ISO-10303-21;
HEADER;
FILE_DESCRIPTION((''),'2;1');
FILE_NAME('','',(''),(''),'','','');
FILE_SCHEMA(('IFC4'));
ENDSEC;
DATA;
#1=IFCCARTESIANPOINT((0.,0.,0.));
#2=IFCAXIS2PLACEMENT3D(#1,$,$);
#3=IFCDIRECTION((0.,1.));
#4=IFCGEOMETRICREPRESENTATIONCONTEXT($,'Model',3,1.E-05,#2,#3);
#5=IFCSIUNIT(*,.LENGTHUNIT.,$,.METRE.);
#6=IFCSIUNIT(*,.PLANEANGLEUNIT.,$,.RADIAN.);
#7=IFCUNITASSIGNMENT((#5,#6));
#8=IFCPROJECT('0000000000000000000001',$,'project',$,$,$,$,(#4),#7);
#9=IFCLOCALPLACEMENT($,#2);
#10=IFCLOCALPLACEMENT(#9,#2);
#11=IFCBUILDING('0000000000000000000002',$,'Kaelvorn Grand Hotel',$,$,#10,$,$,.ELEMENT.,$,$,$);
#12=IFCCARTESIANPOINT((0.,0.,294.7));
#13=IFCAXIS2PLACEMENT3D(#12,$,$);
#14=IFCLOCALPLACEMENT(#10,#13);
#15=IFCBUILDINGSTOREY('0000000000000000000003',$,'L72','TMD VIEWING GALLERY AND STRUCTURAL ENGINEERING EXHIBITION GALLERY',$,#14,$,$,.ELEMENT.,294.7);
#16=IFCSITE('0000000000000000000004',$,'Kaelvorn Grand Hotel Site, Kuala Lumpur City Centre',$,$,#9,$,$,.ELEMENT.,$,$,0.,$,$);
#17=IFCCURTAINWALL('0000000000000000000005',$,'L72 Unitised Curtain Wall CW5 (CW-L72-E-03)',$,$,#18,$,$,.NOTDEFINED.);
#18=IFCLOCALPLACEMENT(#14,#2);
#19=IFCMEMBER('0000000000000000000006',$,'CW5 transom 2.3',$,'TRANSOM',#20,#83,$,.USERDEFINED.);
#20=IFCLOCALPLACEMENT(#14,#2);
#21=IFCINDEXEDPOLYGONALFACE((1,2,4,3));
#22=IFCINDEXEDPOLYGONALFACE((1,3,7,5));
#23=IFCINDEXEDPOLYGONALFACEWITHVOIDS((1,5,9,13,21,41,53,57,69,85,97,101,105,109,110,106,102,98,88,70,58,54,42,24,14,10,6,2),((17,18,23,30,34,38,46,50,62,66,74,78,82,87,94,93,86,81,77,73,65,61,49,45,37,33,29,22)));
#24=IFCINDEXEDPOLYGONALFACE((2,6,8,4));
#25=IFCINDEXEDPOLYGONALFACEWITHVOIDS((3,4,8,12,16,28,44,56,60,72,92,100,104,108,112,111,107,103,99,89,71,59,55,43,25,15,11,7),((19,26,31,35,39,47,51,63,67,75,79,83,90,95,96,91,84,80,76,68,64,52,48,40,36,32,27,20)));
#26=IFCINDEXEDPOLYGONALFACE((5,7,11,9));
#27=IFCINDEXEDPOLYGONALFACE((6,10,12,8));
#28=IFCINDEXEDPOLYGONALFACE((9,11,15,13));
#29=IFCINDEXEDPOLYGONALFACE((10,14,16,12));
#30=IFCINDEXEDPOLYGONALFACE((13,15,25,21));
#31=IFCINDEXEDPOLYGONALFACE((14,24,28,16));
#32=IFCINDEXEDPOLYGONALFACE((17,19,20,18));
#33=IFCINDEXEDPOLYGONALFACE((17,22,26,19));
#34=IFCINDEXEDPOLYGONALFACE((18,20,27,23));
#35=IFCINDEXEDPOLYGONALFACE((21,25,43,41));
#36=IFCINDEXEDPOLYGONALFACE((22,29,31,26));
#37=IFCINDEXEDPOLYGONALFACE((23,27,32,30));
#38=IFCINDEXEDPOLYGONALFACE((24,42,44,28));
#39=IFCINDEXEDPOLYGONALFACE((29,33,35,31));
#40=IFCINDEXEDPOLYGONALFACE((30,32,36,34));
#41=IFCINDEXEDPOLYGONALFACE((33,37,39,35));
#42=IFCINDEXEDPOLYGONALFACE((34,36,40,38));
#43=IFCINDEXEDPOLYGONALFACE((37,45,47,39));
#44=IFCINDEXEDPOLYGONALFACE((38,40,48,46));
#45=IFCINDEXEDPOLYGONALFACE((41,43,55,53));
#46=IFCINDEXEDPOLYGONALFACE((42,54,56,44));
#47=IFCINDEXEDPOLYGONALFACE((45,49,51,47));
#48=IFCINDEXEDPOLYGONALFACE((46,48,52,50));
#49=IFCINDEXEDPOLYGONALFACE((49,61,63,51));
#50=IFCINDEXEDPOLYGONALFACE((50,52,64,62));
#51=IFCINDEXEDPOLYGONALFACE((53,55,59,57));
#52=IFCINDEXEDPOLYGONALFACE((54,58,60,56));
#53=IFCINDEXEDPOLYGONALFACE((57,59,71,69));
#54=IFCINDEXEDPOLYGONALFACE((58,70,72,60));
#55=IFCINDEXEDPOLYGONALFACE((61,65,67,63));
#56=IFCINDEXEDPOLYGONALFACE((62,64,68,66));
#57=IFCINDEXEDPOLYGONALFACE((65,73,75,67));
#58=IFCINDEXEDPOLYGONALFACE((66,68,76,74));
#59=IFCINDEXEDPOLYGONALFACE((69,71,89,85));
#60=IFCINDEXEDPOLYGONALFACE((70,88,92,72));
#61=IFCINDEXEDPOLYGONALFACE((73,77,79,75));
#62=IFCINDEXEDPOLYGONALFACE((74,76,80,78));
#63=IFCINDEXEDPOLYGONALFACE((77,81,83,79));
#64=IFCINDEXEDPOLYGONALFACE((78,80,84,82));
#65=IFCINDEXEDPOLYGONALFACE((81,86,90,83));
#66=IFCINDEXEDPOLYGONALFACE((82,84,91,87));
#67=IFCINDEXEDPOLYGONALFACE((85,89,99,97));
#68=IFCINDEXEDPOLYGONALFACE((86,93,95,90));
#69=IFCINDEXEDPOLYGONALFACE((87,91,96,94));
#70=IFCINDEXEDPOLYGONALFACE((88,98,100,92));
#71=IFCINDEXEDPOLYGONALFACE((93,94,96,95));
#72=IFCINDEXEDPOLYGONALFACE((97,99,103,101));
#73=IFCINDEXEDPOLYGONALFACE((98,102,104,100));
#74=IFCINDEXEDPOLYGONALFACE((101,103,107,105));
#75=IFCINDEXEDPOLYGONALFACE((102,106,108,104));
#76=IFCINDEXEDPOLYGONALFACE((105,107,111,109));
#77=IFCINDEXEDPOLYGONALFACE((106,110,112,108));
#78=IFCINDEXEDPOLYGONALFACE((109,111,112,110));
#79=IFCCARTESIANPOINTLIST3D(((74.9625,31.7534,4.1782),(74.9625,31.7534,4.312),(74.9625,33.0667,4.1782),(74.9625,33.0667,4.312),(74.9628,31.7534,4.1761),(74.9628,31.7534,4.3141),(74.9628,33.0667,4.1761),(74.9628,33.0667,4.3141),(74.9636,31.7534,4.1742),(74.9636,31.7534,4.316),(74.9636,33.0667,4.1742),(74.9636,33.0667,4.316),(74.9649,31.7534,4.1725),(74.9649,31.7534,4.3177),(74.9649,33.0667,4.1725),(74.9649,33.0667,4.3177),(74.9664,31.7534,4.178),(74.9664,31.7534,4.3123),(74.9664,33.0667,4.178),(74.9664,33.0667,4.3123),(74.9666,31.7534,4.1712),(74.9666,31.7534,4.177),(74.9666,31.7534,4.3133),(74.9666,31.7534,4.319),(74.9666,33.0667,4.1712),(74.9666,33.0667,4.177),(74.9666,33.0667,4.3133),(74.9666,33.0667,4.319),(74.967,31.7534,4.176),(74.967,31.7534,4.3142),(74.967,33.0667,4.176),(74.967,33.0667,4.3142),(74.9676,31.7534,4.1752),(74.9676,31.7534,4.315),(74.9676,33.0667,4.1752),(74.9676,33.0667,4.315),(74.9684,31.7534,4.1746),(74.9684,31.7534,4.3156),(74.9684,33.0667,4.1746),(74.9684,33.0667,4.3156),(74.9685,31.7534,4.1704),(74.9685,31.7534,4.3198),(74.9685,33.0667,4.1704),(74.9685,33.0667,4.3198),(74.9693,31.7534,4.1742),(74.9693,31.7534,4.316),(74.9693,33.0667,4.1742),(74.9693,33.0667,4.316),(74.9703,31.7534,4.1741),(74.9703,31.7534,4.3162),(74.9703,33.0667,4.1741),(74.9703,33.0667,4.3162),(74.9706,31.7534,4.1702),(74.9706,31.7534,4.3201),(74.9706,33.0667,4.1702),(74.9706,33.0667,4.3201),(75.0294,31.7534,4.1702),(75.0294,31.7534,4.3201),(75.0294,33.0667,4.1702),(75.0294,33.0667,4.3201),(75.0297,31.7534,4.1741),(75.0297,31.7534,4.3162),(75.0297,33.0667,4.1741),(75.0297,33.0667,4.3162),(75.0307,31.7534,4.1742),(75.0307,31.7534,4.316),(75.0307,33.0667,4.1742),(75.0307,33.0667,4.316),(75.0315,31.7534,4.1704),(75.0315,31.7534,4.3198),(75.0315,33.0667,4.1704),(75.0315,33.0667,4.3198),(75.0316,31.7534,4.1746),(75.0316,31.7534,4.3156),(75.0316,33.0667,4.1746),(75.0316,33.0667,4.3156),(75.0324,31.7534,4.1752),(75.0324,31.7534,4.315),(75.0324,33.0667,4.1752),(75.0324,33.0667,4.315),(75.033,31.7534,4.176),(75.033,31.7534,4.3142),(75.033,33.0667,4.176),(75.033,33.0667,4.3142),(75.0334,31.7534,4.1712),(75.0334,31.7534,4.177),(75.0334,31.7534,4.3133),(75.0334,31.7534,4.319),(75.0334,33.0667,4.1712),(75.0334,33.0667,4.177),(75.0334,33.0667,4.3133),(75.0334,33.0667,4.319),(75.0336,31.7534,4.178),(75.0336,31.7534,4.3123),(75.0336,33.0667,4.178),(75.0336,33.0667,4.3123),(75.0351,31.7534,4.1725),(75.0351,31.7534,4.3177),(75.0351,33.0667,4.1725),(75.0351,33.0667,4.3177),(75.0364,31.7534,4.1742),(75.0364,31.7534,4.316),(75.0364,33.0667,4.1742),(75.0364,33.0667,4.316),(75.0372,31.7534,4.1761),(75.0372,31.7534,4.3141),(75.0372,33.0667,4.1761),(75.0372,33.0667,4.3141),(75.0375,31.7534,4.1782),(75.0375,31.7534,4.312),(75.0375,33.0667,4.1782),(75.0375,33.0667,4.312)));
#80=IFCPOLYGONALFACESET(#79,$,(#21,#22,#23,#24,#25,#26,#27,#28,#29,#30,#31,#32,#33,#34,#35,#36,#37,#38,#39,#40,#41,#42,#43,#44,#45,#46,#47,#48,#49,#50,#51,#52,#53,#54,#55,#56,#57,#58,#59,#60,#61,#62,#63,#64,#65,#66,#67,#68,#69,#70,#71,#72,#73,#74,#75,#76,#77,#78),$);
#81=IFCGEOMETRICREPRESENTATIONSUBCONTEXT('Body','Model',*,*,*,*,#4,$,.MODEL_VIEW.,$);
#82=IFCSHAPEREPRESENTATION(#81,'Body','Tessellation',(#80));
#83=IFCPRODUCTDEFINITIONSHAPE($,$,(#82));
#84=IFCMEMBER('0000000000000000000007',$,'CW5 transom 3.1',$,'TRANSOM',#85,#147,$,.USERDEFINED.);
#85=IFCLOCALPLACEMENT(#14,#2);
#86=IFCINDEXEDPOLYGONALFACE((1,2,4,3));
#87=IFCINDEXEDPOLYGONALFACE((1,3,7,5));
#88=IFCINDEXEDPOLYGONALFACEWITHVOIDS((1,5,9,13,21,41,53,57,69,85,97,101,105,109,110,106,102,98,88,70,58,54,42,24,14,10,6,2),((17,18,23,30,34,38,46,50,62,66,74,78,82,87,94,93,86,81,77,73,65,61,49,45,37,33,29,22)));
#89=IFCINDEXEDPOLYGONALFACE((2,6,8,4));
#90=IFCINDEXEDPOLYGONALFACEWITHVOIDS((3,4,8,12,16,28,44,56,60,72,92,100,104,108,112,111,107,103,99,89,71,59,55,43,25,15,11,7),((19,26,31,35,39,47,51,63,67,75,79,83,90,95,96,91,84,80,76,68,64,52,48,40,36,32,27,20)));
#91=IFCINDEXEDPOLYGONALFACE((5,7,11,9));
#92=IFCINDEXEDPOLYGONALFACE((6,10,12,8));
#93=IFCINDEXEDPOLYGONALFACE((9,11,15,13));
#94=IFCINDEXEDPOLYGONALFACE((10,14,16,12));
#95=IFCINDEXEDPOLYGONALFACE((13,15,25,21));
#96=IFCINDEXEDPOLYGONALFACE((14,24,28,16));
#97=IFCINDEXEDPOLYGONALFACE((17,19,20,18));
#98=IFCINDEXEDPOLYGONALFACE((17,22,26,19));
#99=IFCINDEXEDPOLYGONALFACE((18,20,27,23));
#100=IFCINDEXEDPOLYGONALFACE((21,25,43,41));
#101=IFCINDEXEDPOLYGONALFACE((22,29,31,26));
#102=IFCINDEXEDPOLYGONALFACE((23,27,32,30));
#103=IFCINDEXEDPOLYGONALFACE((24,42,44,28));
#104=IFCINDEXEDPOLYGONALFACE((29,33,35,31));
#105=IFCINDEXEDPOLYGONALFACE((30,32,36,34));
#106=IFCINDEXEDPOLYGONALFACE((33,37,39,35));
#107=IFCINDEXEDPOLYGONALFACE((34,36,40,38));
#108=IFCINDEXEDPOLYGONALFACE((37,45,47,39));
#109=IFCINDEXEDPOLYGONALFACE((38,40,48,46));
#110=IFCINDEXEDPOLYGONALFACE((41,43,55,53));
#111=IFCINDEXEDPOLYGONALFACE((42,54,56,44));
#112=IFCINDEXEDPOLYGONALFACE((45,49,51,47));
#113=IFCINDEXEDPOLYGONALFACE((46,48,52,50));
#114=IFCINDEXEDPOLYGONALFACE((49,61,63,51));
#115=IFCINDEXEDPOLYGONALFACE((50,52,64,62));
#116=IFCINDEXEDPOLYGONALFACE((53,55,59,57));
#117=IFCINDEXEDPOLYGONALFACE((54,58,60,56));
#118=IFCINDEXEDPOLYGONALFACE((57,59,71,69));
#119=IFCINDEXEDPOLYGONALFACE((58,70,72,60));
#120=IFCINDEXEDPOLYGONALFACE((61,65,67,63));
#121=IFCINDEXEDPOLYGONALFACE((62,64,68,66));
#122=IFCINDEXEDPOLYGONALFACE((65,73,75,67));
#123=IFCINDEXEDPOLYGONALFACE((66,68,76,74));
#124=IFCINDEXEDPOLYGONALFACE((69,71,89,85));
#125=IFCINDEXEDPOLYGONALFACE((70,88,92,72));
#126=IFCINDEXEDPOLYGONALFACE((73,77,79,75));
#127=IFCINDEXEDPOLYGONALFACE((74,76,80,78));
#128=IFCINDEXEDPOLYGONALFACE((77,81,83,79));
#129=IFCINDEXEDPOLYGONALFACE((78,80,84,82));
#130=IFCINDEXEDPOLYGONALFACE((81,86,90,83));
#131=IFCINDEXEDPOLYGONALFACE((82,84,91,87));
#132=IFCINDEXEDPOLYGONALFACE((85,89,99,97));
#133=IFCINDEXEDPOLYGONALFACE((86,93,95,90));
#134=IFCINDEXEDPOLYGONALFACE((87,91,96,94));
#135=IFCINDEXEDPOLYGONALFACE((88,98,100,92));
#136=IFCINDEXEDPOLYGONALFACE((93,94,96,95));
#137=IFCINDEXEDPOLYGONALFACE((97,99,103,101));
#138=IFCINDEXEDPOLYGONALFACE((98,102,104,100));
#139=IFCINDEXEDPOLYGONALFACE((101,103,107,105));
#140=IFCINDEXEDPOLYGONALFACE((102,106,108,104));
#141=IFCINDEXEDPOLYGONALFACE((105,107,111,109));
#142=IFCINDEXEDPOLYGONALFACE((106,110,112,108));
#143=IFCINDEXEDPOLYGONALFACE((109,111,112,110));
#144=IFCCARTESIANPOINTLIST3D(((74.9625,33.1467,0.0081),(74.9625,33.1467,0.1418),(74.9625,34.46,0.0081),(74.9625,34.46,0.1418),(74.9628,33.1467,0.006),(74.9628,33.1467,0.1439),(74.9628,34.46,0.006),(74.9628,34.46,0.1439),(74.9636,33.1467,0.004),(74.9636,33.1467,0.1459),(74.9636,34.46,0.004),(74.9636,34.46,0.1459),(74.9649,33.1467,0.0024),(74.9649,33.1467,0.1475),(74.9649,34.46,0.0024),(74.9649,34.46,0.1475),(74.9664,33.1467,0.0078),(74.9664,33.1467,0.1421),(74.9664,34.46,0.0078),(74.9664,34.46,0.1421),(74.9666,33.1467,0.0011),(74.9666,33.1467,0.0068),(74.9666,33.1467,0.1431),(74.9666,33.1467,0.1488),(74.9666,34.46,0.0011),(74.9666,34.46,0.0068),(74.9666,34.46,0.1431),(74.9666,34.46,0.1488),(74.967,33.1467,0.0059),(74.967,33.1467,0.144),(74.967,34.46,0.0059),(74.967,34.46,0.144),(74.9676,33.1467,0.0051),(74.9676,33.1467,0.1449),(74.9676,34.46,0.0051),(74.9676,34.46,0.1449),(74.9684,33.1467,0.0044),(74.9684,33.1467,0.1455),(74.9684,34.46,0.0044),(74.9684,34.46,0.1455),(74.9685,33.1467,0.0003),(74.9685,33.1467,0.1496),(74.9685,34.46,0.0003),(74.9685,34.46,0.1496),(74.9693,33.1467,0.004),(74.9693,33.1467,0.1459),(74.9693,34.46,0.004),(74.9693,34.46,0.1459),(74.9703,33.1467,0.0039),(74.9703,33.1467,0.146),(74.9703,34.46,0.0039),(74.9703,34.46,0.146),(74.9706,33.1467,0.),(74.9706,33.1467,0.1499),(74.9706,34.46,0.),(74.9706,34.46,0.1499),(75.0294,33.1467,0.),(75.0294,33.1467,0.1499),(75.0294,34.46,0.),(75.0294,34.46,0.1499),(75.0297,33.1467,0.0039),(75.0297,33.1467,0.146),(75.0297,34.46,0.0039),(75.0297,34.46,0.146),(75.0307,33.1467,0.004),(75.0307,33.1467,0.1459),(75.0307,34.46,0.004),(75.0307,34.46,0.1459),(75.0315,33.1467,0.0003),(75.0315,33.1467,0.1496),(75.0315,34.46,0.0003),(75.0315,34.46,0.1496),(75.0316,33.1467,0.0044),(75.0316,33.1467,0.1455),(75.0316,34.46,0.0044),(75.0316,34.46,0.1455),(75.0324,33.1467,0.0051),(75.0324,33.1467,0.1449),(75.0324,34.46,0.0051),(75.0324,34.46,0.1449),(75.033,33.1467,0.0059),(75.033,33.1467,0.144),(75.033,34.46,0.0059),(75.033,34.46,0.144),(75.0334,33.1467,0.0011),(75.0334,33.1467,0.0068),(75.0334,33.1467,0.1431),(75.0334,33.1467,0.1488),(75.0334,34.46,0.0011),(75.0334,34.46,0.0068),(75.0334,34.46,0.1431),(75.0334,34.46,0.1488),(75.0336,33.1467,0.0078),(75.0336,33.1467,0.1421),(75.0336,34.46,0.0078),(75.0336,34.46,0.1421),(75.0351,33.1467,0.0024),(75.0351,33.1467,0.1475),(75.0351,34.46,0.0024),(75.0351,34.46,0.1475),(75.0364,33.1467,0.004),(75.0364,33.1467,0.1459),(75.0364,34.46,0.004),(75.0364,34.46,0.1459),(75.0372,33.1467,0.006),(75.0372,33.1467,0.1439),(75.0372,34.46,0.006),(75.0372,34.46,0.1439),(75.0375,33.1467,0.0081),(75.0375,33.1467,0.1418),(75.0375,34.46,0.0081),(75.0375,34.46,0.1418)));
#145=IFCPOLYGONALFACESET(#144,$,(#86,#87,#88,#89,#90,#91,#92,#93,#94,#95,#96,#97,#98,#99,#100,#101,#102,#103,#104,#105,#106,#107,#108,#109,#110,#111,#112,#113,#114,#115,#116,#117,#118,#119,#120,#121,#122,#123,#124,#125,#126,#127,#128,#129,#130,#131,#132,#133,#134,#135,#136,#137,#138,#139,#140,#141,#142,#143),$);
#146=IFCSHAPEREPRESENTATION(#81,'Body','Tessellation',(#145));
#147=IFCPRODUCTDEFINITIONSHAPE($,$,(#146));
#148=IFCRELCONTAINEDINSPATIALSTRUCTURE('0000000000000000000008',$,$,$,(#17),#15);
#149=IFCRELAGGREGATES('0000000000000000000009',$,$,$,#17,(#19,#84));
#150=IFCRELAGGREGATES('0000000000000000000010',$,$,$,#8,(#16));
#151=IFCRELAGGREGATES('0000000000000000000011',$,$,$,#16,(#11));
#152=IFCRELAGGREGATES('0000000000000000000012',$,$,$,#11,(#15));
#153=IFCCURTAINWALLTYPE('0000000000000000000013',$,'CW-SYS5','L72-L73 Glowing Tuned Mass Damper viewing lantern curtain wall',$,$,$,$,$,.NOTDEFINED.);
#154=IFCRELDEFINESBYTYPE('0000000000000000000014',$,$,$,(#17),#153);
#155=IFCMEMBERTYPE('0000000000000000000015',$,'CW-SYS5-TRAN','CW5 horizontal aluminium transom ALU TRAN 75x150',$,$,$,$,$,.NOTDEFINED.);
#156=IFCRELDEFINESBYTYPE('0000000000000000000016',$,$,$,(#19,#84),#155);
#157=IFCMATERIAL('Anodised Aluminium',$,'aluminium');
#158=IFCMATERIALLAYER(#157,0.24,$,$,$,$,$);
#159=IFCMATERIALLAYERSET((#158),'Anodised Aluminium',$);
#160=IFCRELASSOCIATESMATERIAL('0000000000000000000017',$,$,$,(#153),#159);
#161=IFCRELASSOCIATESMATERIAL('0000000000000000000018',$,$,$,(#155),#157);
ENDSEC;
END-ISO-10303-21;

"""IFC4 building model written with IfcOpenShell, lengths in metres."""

from ifc_helpers import new_model, si_unit, direction, frame, origin, origin_2d, place, context, subcontext, project, spatial, hollow_rectangle, extrude, material, layer, layer_set, material_profile, profile_set, type_object, element, aggregate, save


model = new_model("IFC4")

# Units and contexts
model_context = context("Model", 3, precision=1e-05, world=origin(), true_north=direction((0.0, 1.0)))
body_context = subcontext(model_context, "Body", "Model", "MODEL_VIEW")
ifc_project = project(units=[si_unit("LENGTHUNIT", "METRE"), si_unit("PLANEANGLEUNIT", "RADIAN")], contexts=[model_context])

# Site, building, storey
site_placement = place(None, origin())
site = spatial("IfcSite", under=ifc_project, at=site_placement, Name="Kaelvorn Grand Hotel Site, Kuala Lumpur City Centre", CompositionType="ELEMENT", RefElevation=0.0)
building_placement = place(site_placement, origin())
building = spatial("IfcBuilding", under=site, at=building_placement, Name="Kaelvorn Grand Hotel", CompositionType="ELEMENT")
storey_placement = place(building_placement, frame((0.0, 0.0, 294.7)))
storey = spatial("IfcBuildingStorey", under=building, at=storey_placement, Name="L72", Description="TMD VIEWING GALLERY AND STRUCTURAL ENGINEERING EXHIBITION GALLERY", CompositionType="ELEMENT", Elevation=294.7)

# Shared definitions
ifc_material_1 = material(Name="Anodised Aluminium", Category="aluminium")
ifc_layer_1 = layer(ifc_material_1, 0.24)
ifc_layer_set_1 = layer_set([ifc_layer_1], Name="Anodised Aluminium")
curtain_wall_type = type_object("IfcCurtainWallType", Name="CW-SYS5", Description="L72-L73 Glowing Tuned Mass Damper viewing lantern curtain wall", PredefinedType="NOTDEFINED", material=ifc_layer_set_1)

# Curtain wall, members
curtain_wall_1_placement = place(storey_placement, origin())
curtain_wall_1 = element("IfcCurtainWall", 1, at=curtain_wall_1_placement, inside=storey, type_object=curtain_wall_type, Name="L72 Unitised Curtain Wall CW5 (CW-L72-E-03)", PredefinedType="NOTDEFINED")
ifc_material_profile_1 = material_profile(ifc_material_1, hollow_rectangle(XDim=0.075, YDim=0.1499, WallThickness=0.0039, InnerFilletRadius=0.0039, OuterFilletRadius=0.0081, at=origin_2d()), Name="ALU TRAN 75x150")
ifc_profile_set_1 = profile_set([ifc_material_profile_1], Name="Anodised Aluminium")
member_type_1 = type_object("IfcMemberType", Name="CW-SYS5-TRAN", Description="CW5 horizontal aluminium transom ALU TRAN 75x150", PredefinedType="NOTDEFINED", material=ifc_profile_set_1)
member_1_placement = place(storey_placement, frame((75.0, 31.7534, 4.2451), z_axis=(0.0, 1.0, 0.0), x_axis=(-1.0, 0.0, 0.0)))
member_1 = element("IfcMember", 2, at=member_1_placement, type_object=member_type_1, Name="CW5 transom 2.3", ObjectType="TRANSOM", PredefinedType="USERDEFINED", context=body_context, shape_type="SweptSolid", body=[
    extrude(hollow_rectangle(XDim=0.075, YDim=0.1499, WallThickness=0.0039, InnerFilletRadius=0.0039, OuterFilletRadius=0.0081, at=origin_2d()), origin(), (0.0, 0.0, 1.0), 1.3132),
])
member_2_placement = place(storey_placement, frame((75.0, 33.1467, 0.075), z_axis=(0.0, 1.0, 0.0), x_axis=(-1.0, 0.0, 0.0)))
member_2 = element("IfcMember", 3, at=member_2_placement, type_object=member_type_1, Name="CW5 transom 3.1", ObjectType="TRANSOM", PredefinedType="USERDEFINED", context=body_context, shape_type="SweptSolid", body=[
    extrude(hollow_rectangle(XDim=0.075, YDim=0.1499, WallThickness=0.0039, InnerFilletRadius=0.0039, OuterFilletRadius=0.0081, at=origin_2d()), origin(), (0.0, 0.0, 1.0), 1.3132),
])

aggregate(curtain_wall_1, [member_1, member_2])

save(model, "model.ifc")
